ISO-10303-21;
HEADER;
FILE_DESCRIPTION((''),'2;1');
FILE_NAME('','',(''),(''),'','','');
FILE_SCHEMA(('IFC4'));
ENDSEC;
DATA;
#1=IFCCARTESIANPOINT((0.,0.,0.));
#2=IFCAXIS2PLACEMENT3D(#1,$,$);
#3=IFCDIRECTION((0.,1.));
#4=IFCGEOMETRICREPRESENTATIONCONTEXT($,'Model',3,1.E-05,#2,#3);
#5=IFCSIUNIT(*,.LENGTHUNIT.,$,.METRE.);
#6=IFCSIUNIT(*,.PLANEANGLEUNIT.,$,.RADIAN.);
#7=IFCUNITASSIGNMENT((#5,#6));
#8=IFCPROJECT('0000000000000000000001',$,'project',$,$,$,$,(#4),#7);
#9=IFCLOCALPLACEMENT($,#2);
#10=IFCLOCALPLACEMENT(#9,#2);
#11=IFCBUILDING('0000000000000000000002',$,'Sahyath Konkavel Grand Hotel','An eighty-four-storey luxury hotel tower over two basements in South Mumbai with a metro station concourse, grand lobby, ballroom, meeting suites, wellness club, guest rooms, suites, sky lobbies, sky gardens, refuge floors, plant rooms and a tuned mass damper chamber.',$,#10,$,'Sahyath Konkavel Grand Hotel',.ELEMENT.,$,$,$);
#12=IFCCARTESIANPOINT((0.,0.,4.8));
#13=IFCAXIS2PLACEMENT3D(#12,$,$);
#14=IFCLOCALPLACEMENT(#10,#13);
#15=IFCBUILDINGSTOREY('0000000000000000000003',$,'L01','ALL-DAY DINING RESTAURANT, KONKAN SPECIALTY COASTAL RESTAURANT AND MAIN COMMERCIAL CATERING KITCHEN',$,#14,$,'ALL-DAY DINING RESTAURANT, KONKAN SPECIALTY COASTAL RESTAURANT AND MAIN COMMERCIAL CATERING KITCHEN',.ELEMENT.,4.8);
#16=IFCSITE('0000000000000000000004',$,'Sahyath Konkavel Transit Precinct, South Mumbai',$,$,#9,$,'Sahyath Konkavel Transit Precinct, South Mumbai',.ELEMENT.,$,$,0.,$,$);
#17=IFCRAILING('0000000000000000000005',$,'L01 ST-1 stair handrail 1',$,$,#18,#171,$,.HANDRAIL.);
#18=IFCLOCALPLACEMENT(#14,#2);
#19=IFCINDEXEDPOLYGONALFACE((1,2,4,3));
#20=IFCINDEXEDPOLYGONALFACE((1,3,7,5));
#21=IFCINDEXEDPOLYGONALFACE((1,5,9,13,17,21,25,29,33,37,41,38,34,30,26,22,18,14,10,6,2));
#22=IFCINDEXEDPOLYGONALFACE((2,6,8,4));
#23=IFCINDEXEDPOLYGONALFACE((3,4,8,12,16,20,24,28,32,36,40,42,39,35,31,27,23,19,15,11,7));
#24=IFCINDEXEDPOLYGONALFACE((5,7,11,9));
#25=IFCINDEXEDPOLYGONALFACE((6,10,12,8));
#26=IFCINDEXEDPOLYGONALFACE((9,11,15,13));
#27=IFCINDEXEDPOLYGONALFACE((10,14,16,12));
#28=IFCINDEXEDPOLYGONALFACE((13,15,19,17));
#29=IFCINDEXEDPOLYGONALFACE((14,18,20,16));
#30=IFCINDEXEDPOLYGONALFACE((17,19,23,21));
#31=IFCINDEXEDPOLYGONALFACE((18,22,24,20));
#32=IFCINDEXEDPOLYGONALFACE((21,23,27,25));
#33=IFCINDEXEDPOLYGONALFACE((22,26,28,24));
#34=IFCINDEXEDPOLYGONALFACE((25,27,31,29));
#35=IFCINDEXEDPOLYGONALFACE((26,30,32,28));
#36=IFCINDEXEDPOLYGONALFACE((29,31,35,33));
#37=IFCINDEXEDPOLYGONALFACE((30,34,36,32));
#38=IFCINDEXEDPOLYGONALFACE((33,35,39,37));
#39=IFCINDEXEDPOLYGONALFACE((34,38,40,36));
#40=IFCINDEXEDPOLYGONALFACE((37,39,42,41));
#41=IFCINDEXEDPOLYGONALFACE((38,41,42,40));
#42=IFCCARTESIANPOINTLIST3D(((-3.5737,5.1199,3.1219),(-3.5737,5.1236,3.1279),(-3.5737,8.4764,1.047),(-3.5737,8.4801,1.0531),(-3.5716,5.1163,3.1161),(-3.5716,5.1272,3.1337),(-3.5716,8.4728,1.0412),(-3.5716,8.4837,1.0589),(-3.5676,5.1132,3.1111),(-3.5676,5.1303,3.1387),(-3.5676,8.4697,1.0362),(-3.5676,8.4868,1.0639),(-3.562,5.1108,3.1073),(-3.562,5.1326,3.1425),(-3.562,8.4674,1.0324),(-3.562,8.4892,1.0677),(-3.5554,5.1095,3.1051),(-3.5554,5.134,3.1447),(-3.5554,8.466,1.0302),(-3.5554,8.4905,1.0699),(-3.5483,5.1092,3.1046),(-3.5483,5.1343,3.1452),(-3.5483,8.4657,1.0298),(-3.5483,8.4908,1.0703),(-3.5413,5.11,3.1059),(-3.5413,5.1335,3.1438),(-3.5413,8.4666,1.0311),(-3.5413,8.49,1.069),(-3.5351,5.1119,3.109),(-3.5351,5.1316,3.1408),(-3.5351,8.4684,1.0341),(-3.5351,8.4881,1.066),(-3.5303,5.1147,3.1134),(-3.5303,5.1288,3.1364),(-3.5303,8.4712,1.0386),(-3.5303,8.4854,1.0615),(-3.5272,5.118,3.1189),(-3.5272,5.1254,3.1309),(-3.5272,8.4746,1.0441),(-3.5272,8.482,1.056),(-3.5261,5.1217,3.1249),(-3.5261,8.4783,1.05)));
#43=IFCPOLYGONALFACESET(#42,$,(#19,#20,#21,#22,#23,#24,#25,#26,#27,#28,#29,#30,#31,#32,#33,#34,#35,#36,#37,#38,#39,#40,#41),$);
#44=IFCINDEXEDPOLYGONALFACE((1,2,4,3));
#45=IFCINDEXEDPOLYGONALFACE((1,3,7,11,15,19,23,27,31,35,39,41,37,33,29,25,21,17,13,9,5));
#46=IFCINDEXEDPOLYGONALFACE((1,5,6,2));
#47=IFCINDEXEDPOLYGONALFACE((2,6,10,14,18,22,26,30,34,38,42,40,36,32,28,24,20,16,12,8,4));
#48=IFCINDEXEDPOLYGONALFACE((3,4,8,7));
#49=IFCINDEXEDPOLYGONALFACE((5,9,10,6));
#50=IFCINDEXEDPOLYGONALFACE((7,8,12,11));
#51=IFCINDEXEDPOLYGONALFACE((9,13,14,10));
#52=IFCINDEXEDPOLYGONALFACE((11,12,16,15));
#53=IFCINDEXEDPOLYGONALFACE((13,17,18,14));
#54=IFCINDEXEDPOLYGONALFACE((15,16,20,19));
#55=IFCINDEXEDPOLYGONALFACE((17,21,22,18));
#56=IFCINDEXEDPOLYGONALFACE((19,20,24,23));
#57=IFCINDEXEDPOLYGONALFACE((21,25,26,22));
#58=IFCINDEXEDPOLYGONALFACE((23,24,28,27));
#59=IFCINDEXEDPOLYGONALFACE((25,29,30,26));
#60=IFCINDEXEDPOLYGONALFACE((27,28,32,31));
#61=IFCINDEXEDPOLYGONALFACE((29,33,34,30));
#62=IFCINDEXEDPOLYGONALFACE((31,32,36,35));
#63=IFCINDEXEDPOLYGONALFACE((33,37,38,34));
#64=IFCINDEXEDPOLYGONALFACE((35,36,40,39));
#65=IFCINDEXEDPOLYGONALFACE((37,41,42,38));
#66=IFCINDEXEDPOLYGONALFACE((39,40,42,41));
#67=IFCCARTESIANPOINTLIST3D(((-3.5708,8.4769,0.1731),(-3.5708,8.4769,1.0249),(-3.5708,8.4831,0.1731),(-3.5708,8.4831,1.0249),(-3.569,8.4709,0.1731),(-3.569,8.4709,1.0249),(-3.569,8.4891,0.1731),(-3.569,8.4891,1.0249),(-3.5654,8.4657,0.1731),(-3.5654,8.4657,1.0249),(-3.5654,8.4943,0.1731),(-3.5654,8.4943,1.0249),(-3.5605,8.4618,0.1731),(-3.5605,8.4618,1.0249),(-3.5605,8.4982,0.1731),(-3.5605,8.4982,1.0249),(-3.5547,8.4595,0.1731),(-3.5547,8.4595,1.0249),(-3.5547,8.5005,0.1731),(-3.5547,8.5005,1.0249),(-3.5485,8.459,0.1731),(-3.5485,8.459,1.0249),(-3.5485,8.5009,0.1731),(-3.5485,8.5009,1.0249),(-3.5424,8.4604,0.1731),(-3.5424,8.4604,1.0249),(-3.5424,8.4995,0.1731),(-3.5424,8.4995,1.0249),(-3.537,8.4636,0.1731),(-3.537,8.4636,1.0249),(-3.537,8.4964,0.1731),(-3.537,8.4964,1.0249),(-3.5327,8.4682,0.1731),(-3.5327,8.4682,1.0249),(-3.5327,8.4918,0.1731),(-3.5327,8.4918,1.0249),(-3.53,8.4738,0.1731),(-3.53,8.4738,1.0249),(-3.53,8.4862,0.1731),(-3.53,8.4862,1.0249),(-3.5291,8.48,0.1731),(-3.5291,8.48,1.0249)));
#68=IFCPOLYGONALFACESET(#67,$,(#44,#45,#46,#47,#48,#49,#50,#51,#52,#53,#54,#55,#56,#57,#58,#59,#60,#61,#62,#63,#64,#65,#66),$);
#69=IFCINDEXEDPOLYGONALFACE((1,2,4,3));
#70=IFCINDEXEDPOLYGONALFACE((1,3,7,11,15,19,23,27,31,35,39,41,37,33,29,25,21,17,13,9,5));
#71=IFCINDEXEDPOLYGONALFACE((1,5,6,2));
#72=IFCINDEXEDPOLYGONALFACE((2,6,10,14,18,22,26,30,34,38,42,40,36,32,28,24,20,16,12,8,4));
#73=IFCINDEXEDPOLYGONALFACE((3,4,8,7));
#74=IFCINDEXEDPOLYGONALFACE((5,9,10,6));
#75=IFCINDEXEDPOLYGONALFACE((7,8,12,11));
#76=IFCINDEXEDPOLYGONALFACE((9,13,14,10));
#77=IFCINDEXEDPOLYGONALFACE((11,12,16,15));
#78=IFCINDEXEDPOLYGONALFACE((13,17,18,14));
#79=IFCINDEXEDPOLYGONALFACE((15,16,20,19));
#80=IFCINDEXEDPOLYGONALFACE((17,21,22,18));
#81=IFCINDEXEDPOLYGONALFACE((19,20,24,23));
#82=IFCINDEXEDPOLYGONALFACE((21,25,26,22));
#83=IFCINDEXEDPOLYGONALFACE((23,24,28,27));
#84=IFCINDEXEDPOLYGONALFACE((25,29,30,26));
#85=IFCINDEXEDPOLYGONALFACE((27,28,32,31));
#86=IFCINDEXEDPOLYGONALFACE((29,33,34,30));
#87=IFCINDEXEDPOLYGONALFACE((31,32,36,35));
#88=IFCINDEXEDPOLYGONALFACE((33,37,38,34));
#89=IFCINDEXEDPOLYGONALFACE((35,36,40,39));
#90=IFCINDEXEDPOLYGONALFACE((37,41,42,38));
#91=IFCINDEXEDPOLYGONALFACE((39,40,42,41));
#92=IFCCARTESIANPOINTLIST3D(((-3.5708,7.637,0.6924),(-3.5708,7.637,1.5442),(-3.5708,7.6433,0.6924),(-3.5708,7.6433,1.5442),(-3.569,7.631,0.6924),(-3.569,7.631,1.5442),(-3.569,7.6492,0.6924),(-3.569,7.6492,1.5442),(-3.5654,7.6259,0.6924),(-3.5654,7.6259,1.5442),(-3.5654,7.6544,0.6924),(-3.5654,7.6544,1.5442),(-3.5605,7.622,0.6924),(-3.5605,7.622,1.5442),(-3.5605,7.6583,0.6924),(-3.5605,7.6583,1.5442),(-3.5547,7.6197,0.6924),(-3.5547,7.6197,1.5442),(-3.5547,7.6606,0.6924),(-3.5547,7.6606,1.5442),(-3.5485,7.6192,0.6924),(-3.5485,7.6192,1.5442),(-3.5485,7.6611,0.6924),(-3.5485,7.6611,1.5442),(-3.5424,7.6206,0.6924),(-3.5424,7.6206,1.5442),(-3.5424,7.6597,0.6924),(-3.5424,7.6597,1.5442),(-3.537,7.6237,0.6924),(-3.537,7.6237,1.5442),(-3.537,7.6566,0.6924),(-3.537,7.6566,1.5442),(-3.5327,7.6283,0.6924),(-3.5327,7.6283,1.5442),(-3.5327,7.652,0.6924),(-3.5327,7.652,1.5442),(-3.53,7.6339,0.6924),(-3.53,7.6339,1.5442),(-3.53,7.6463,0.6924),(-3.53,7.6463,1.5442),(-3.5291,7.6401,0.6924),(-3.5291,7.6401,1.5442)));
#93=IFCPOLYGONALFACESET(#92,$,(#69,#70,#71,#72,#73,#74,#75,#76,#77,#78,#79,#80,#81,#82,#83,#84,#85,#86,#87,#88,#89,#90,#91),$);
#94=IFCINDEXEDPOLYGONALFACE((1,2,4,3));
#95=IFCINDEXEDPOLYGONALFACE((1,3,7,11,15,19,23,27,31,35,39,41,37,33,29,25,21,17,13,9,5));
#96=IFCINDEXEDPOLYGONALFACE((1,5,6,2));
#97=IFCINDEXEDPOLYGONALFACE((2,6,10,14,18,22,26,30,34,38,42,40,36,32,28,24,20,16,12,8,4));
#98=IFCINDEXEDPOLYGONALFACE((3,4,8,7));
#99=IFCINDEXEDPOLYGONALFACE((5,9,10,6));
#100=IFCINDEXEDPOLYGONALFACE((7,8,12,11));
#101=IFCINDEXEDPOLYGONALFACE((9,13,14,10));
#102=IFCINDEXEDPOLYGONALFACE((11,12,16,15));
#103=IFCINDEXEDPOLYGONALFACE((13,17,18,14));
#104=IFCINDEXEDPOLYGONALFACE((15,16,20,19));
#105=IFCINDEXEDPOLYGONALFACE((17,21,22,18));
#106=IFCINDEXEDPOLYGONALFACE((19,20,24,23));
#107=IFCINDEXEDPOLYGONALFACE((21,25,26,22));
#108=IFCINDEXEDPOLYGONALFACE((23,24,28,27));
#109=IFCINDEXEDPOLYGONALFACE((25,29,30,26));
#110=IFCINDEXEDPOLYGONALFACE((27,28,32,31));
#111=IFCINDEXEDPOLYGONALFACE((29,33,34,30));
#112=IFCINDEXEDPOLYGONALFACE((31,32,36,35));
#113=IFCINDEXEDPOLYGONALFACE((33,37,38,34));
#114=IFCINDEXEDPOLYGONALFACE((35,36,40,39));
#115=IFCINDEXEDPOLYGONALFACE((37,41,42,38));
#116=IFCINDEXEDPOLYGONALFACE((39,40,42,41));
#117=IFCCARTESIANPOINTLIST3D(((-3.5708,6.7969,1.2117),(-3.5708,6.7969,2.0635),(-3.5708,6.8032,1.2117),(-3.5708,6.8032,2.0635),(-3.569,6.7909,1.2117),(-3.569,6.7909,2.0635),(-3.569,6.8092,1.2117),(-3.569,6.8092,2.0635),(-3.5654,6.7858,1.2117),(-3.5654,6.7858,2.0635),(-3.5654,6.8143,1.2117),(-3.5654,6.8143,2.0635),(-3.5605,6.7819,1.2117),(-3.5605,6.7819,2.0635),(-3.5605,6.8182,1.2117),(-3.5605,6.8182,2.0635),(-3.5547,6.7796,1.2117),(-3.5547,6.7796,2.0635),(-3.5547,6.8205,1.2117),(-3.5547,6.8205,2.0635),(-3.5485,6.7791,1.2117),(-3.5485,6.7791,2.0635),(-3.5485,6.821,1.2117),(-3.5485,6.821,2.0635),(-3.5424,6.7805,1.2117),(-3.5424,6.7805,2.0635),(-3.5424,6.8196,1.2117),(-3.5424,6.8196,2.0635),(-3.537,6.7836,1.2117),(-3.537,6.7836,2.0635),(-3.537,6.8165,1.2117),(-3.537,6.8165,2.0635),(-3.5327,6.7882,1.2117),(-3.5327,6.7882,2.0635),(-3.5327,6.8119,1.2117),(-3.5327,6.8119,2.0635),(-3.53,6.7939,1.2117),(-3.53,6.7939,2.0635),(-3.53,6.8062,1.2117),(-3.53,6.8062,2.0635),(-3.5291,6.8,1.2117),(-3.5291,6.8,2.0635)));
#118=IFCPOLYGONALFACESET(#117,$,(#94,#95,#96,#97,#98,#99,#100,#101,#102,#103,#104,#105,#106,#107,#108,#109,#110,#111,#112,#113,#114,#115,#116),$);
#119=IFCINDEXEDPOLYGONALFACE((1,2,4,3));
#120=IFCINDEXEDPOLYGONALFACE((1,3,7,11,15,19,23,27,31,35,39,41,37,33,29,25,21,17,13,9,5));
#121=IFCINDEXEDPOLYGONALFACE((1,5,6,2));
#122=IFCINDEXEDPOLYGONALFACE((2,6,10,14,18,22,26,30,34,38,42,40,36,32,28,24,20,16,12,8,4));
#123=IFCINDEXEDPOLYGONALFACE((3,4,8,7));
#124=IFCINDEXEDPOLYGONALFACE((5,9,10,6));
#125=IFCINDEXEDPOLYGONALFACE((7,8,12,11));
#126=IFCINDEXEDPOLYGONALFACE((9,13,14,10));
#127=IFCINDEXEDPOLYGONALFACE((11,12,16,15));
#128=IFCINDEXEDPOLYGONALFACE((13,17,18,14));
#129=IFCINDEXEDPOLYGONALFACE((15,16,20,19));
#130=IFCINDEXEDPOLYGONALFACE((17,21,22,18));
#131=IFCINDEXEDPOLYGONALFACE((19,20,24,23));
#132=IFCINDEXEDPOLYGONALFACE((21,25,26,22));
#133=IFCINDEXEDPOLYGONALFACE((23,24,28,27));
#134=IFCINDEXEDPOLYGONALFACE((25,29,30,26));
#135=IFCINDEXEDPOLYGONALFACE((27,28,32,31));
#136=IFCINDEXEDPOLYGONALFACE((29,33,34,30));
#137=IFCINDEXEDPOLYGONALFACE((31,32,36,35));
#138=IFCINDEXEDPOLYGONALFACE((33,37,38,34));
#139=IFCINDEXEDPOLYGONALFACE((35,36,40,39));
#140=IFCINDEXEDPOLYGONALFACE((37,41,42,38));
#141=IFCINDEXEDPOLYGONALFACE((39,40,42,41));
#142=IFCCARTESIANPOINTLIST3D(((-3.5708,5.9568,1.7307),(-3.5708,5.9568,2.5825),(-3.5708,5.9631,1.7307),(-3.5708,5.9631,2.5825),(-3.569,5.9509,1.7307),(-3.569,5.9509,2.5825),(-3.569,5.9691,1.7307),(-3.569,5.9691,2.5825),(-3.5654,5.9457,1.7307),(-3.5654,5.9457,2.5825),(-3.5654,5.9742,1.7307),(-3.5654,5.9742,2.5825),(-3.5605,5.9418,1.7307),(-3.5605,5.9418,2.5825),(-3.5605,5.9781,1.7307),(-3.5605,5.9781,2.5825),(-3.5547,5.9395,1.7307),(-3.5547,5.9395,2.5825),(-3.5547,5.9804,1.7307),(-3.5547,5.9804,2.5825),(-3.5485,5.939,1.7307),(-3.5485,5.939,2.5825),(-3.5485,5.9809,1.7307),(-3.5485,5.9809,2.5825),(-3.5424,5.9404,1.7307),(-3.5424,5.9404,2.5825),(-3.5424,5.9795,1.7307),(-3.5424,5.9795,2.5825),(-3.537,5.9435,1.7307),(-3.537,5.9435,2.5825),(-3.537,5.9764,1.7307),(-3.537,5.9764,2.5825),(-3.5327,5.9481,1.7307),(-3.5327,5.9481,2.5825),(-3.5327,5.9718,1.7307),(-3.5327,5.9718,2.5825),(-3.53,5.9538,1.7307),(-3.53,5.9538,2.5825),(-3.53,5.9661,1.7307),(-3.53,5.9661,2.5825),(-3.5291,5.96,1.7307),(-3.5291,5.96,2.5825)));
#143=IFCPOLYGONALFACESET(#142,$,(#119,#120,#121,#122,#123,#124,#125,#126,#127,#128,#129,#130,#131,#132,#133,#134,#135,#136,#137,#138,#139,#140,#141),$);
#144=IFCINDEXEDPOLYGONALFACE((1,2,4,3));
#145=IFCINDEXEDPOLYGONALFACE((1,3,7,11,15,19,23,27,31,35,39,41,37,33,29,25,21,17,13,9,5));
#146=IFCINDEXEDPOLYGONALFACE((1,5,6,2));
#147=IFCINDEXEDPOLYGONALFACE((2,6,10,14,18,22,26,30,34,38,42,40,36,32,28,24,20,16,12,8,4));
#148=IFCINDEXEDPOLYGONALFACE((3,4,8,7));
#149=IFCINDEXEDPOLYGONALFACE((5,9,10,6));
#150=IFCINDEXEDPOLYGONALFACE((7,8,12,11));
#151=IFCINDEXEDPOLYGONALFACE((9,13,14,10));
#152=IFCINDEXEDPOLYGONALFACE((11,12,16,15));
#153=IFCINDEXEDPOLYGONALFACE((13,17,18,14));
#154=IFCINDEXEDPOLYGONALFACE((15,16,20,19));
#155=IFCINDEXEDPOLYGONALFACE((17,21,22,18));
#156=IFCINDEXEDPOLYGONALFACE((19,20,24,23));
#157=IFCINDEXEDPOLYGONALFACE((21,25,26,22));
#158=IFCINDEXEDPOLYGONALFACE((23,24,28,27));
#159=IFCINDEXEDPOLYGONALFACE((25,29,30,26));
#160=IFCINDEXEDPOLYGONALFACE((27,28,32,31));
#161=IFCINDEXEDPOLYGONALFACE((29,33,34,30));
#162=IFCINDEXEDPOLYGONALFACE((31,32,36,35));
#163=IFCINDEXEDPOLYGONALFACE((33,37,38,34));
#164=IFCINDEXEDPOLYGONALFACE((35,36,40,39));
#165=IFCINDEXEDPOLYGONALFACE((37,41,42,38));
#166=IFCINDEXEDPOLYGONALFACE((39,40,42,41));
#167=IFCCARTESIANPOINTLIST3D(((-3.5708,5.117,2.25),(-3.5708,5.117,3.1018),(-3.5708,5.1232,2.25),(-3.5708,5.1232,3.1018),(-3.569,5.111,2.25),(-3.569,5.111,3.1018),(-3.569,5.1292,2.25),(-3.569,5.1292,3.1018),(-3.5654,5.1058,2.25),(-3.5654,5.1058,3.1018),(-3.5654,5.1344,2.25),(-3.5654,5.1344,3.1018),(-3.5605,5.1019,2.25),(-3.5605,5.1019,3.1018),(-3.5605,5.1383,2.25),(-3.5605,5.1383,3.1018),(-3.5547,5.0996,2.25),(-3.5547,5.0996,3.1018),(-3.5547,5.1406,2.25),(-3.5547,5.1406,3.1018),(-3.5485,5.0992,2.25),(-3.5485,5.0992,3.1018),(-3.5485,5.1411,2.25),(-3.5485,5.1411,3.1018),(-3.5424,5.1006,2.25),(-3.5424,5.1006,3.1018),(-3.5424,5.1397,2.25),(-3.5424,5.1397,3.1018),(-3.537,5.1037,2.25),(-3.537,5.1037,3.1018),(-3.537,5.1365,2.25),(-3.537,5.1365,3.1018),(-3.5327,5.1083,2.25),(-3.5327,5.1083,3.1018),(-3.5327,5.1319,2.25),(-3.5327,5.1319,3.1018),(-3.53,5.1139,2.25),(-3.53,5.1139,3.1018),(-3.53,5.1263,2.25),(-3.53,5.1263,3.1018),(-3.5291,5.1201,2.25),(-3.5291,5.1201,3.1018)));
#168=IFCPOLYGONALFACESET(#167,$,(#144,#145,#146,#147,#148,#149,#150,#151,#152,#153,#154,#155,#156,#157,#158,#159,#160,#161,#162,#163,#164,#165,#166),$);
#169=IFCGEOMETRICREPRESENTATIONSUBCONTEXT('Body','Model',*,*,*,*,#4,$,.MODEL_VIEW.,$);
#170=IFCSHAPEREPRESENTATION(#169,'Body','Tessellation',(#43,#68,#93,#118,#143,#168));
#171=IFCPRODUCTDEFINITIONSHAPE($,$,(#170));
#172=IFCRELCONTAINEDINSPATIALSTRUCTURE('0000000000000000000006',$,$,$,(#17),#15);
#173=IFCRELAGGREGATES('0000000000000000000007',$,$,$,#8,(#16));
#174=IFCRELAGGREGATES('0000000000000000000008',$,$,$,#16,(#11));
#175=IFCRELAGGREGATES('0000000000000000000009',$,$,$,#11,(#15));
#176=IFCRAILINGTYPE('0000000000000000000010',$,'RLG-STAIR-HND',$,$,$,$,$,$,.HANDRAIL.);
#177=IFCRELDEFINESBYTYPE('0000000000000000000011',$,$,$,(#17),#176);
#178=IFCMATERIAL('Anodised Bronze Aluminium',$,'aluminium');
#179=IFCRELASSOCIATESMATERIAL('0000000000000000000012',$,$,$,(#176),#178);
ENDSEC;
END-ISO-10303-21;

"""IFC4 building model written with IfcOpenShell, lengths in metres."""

from ifc_helpers import new_model, si_unit, direction, frame, origin, origin_2d, place, context, subcontext, project, spatial, circle, extrude, material, type_object, element, save


model = new_model("IFC4")

# Units and contexts
model_context = context("Model", 3, precision=1e-05, world=origin(), true_north=direction((0.0, 1.0)))
body_context = subcontext(model_context, "Body", "Model", "MODEL_VIEW")
ifc_project = project(units=[si_unit("LENGTHUNIT", "METRE"), si_unit("PLANEANGLEUNIT", "RADIAN")], contexts=[model_context])

# Site, building, storey
site_placement = place(None, origin())
site = spatial("IfcSite", under=ifc_project, at=site_placement, Name="Sahyath Konkavel Transit Precinct, South Mumbai", LongName="Sahyath Konkavel Transit Precinct, South Mumbai", CompositionType="ELEMENT", RefElevation=0.0)
building_placement = place(site_placement, origin())
building = spatial("IfcBuilding", under=site, at=building_placement, Name="Sahyath Konkavel Grand Hotel", Description="An eighty-four-storey luxury hotel tower over two basements in South Mumbai with a metro station concourse, grand lobby, ballroom, meeting suites, wellness club, guest rooms, suites, sky lobbies, sky gardens, refuge floors, plant rooms and a tuned mass damper chamber.", LongName="Sahyath Konkavel Grand Hotel", CompositionType="ELEMENT")
storey_placement = place(building_placement, frame((0.0, 0.0, 4.8)))
storey = spatial("IfcBuildingStorey", under=building, at=storey_placement, Name="L01", Description="ALL-DAY DINING RESTAURANT, KONKAN SPECIALTY COASTAL RESTAURANT AND MAIN COMMERCIAL CATERING KITCHEN", LongName="ALL-DAY DINING RESTAURANT, KONKAN SPECIALTY COASTAL RESTAURANT AND MAIN COMMERCIAL CATERING KITCHEN", CompositionType="ELEMENT", Elevation=4.8)

# Shared definitions
ifc_material_1 = material(Name="Anodised Bronze Aluminium", Category="aluminium")

# Railing
railing_type_1 = type_object("IfcRailingType", Name="RLG-STAIR-HND", PredefinedType="HANDRAIL", material=ifc_material_1)
railing_1_placement = place(storey_placement, frame((-3.55, 8.48, 0.1731)))
element("IfcRailing", 1, at=railing_1_placement, inside=storey, type_object=railing_type_1, Name="L01 ST-1 stair handrail 1", PredefinedType="HANDRAIL", context=body_context, shape_type="SweptSolid", body=[
    extrude(circle(Radius=0.0239, at=origin_2d()), frame((0.0, -0.0017, 0.877), z_axis=(0.0, -0.850606, 0.525803), x_axis=(1.0, 0.0, 0.0)), (0.0, 0.0, 1.0), 3.946),
    extrude(circle(Radius=0.021, at=origin_2d()), origin(), (0.0, 0.0, 1.0), 0.8518),
    extrude(circle(Radius=0.021, at=origin_2d()), frame((0.0, -0.8398, 0.5193)), (0.0, 0.0, 1.0), 0.8518),
    extrude(circle(Radius=0.021, at=origin_2d()), frame((0.0, -1.6799, 1.0386)), (0.0, 0.0, 1.0), 0.8518),
    extrude(circle(Radius=0.021, at=origin_2d()), frame((0.0, -2.52, 1.5576)), (0.0, 0.0, 1.0), 0.8518),
    extrude(circle(Radius=0.021, at=origin_2d()), frame((0.0, -3.3599, 2.0769)), (0.0, 0.0, 1.0), 0.8518),
])

save(model, "model.ifc")
